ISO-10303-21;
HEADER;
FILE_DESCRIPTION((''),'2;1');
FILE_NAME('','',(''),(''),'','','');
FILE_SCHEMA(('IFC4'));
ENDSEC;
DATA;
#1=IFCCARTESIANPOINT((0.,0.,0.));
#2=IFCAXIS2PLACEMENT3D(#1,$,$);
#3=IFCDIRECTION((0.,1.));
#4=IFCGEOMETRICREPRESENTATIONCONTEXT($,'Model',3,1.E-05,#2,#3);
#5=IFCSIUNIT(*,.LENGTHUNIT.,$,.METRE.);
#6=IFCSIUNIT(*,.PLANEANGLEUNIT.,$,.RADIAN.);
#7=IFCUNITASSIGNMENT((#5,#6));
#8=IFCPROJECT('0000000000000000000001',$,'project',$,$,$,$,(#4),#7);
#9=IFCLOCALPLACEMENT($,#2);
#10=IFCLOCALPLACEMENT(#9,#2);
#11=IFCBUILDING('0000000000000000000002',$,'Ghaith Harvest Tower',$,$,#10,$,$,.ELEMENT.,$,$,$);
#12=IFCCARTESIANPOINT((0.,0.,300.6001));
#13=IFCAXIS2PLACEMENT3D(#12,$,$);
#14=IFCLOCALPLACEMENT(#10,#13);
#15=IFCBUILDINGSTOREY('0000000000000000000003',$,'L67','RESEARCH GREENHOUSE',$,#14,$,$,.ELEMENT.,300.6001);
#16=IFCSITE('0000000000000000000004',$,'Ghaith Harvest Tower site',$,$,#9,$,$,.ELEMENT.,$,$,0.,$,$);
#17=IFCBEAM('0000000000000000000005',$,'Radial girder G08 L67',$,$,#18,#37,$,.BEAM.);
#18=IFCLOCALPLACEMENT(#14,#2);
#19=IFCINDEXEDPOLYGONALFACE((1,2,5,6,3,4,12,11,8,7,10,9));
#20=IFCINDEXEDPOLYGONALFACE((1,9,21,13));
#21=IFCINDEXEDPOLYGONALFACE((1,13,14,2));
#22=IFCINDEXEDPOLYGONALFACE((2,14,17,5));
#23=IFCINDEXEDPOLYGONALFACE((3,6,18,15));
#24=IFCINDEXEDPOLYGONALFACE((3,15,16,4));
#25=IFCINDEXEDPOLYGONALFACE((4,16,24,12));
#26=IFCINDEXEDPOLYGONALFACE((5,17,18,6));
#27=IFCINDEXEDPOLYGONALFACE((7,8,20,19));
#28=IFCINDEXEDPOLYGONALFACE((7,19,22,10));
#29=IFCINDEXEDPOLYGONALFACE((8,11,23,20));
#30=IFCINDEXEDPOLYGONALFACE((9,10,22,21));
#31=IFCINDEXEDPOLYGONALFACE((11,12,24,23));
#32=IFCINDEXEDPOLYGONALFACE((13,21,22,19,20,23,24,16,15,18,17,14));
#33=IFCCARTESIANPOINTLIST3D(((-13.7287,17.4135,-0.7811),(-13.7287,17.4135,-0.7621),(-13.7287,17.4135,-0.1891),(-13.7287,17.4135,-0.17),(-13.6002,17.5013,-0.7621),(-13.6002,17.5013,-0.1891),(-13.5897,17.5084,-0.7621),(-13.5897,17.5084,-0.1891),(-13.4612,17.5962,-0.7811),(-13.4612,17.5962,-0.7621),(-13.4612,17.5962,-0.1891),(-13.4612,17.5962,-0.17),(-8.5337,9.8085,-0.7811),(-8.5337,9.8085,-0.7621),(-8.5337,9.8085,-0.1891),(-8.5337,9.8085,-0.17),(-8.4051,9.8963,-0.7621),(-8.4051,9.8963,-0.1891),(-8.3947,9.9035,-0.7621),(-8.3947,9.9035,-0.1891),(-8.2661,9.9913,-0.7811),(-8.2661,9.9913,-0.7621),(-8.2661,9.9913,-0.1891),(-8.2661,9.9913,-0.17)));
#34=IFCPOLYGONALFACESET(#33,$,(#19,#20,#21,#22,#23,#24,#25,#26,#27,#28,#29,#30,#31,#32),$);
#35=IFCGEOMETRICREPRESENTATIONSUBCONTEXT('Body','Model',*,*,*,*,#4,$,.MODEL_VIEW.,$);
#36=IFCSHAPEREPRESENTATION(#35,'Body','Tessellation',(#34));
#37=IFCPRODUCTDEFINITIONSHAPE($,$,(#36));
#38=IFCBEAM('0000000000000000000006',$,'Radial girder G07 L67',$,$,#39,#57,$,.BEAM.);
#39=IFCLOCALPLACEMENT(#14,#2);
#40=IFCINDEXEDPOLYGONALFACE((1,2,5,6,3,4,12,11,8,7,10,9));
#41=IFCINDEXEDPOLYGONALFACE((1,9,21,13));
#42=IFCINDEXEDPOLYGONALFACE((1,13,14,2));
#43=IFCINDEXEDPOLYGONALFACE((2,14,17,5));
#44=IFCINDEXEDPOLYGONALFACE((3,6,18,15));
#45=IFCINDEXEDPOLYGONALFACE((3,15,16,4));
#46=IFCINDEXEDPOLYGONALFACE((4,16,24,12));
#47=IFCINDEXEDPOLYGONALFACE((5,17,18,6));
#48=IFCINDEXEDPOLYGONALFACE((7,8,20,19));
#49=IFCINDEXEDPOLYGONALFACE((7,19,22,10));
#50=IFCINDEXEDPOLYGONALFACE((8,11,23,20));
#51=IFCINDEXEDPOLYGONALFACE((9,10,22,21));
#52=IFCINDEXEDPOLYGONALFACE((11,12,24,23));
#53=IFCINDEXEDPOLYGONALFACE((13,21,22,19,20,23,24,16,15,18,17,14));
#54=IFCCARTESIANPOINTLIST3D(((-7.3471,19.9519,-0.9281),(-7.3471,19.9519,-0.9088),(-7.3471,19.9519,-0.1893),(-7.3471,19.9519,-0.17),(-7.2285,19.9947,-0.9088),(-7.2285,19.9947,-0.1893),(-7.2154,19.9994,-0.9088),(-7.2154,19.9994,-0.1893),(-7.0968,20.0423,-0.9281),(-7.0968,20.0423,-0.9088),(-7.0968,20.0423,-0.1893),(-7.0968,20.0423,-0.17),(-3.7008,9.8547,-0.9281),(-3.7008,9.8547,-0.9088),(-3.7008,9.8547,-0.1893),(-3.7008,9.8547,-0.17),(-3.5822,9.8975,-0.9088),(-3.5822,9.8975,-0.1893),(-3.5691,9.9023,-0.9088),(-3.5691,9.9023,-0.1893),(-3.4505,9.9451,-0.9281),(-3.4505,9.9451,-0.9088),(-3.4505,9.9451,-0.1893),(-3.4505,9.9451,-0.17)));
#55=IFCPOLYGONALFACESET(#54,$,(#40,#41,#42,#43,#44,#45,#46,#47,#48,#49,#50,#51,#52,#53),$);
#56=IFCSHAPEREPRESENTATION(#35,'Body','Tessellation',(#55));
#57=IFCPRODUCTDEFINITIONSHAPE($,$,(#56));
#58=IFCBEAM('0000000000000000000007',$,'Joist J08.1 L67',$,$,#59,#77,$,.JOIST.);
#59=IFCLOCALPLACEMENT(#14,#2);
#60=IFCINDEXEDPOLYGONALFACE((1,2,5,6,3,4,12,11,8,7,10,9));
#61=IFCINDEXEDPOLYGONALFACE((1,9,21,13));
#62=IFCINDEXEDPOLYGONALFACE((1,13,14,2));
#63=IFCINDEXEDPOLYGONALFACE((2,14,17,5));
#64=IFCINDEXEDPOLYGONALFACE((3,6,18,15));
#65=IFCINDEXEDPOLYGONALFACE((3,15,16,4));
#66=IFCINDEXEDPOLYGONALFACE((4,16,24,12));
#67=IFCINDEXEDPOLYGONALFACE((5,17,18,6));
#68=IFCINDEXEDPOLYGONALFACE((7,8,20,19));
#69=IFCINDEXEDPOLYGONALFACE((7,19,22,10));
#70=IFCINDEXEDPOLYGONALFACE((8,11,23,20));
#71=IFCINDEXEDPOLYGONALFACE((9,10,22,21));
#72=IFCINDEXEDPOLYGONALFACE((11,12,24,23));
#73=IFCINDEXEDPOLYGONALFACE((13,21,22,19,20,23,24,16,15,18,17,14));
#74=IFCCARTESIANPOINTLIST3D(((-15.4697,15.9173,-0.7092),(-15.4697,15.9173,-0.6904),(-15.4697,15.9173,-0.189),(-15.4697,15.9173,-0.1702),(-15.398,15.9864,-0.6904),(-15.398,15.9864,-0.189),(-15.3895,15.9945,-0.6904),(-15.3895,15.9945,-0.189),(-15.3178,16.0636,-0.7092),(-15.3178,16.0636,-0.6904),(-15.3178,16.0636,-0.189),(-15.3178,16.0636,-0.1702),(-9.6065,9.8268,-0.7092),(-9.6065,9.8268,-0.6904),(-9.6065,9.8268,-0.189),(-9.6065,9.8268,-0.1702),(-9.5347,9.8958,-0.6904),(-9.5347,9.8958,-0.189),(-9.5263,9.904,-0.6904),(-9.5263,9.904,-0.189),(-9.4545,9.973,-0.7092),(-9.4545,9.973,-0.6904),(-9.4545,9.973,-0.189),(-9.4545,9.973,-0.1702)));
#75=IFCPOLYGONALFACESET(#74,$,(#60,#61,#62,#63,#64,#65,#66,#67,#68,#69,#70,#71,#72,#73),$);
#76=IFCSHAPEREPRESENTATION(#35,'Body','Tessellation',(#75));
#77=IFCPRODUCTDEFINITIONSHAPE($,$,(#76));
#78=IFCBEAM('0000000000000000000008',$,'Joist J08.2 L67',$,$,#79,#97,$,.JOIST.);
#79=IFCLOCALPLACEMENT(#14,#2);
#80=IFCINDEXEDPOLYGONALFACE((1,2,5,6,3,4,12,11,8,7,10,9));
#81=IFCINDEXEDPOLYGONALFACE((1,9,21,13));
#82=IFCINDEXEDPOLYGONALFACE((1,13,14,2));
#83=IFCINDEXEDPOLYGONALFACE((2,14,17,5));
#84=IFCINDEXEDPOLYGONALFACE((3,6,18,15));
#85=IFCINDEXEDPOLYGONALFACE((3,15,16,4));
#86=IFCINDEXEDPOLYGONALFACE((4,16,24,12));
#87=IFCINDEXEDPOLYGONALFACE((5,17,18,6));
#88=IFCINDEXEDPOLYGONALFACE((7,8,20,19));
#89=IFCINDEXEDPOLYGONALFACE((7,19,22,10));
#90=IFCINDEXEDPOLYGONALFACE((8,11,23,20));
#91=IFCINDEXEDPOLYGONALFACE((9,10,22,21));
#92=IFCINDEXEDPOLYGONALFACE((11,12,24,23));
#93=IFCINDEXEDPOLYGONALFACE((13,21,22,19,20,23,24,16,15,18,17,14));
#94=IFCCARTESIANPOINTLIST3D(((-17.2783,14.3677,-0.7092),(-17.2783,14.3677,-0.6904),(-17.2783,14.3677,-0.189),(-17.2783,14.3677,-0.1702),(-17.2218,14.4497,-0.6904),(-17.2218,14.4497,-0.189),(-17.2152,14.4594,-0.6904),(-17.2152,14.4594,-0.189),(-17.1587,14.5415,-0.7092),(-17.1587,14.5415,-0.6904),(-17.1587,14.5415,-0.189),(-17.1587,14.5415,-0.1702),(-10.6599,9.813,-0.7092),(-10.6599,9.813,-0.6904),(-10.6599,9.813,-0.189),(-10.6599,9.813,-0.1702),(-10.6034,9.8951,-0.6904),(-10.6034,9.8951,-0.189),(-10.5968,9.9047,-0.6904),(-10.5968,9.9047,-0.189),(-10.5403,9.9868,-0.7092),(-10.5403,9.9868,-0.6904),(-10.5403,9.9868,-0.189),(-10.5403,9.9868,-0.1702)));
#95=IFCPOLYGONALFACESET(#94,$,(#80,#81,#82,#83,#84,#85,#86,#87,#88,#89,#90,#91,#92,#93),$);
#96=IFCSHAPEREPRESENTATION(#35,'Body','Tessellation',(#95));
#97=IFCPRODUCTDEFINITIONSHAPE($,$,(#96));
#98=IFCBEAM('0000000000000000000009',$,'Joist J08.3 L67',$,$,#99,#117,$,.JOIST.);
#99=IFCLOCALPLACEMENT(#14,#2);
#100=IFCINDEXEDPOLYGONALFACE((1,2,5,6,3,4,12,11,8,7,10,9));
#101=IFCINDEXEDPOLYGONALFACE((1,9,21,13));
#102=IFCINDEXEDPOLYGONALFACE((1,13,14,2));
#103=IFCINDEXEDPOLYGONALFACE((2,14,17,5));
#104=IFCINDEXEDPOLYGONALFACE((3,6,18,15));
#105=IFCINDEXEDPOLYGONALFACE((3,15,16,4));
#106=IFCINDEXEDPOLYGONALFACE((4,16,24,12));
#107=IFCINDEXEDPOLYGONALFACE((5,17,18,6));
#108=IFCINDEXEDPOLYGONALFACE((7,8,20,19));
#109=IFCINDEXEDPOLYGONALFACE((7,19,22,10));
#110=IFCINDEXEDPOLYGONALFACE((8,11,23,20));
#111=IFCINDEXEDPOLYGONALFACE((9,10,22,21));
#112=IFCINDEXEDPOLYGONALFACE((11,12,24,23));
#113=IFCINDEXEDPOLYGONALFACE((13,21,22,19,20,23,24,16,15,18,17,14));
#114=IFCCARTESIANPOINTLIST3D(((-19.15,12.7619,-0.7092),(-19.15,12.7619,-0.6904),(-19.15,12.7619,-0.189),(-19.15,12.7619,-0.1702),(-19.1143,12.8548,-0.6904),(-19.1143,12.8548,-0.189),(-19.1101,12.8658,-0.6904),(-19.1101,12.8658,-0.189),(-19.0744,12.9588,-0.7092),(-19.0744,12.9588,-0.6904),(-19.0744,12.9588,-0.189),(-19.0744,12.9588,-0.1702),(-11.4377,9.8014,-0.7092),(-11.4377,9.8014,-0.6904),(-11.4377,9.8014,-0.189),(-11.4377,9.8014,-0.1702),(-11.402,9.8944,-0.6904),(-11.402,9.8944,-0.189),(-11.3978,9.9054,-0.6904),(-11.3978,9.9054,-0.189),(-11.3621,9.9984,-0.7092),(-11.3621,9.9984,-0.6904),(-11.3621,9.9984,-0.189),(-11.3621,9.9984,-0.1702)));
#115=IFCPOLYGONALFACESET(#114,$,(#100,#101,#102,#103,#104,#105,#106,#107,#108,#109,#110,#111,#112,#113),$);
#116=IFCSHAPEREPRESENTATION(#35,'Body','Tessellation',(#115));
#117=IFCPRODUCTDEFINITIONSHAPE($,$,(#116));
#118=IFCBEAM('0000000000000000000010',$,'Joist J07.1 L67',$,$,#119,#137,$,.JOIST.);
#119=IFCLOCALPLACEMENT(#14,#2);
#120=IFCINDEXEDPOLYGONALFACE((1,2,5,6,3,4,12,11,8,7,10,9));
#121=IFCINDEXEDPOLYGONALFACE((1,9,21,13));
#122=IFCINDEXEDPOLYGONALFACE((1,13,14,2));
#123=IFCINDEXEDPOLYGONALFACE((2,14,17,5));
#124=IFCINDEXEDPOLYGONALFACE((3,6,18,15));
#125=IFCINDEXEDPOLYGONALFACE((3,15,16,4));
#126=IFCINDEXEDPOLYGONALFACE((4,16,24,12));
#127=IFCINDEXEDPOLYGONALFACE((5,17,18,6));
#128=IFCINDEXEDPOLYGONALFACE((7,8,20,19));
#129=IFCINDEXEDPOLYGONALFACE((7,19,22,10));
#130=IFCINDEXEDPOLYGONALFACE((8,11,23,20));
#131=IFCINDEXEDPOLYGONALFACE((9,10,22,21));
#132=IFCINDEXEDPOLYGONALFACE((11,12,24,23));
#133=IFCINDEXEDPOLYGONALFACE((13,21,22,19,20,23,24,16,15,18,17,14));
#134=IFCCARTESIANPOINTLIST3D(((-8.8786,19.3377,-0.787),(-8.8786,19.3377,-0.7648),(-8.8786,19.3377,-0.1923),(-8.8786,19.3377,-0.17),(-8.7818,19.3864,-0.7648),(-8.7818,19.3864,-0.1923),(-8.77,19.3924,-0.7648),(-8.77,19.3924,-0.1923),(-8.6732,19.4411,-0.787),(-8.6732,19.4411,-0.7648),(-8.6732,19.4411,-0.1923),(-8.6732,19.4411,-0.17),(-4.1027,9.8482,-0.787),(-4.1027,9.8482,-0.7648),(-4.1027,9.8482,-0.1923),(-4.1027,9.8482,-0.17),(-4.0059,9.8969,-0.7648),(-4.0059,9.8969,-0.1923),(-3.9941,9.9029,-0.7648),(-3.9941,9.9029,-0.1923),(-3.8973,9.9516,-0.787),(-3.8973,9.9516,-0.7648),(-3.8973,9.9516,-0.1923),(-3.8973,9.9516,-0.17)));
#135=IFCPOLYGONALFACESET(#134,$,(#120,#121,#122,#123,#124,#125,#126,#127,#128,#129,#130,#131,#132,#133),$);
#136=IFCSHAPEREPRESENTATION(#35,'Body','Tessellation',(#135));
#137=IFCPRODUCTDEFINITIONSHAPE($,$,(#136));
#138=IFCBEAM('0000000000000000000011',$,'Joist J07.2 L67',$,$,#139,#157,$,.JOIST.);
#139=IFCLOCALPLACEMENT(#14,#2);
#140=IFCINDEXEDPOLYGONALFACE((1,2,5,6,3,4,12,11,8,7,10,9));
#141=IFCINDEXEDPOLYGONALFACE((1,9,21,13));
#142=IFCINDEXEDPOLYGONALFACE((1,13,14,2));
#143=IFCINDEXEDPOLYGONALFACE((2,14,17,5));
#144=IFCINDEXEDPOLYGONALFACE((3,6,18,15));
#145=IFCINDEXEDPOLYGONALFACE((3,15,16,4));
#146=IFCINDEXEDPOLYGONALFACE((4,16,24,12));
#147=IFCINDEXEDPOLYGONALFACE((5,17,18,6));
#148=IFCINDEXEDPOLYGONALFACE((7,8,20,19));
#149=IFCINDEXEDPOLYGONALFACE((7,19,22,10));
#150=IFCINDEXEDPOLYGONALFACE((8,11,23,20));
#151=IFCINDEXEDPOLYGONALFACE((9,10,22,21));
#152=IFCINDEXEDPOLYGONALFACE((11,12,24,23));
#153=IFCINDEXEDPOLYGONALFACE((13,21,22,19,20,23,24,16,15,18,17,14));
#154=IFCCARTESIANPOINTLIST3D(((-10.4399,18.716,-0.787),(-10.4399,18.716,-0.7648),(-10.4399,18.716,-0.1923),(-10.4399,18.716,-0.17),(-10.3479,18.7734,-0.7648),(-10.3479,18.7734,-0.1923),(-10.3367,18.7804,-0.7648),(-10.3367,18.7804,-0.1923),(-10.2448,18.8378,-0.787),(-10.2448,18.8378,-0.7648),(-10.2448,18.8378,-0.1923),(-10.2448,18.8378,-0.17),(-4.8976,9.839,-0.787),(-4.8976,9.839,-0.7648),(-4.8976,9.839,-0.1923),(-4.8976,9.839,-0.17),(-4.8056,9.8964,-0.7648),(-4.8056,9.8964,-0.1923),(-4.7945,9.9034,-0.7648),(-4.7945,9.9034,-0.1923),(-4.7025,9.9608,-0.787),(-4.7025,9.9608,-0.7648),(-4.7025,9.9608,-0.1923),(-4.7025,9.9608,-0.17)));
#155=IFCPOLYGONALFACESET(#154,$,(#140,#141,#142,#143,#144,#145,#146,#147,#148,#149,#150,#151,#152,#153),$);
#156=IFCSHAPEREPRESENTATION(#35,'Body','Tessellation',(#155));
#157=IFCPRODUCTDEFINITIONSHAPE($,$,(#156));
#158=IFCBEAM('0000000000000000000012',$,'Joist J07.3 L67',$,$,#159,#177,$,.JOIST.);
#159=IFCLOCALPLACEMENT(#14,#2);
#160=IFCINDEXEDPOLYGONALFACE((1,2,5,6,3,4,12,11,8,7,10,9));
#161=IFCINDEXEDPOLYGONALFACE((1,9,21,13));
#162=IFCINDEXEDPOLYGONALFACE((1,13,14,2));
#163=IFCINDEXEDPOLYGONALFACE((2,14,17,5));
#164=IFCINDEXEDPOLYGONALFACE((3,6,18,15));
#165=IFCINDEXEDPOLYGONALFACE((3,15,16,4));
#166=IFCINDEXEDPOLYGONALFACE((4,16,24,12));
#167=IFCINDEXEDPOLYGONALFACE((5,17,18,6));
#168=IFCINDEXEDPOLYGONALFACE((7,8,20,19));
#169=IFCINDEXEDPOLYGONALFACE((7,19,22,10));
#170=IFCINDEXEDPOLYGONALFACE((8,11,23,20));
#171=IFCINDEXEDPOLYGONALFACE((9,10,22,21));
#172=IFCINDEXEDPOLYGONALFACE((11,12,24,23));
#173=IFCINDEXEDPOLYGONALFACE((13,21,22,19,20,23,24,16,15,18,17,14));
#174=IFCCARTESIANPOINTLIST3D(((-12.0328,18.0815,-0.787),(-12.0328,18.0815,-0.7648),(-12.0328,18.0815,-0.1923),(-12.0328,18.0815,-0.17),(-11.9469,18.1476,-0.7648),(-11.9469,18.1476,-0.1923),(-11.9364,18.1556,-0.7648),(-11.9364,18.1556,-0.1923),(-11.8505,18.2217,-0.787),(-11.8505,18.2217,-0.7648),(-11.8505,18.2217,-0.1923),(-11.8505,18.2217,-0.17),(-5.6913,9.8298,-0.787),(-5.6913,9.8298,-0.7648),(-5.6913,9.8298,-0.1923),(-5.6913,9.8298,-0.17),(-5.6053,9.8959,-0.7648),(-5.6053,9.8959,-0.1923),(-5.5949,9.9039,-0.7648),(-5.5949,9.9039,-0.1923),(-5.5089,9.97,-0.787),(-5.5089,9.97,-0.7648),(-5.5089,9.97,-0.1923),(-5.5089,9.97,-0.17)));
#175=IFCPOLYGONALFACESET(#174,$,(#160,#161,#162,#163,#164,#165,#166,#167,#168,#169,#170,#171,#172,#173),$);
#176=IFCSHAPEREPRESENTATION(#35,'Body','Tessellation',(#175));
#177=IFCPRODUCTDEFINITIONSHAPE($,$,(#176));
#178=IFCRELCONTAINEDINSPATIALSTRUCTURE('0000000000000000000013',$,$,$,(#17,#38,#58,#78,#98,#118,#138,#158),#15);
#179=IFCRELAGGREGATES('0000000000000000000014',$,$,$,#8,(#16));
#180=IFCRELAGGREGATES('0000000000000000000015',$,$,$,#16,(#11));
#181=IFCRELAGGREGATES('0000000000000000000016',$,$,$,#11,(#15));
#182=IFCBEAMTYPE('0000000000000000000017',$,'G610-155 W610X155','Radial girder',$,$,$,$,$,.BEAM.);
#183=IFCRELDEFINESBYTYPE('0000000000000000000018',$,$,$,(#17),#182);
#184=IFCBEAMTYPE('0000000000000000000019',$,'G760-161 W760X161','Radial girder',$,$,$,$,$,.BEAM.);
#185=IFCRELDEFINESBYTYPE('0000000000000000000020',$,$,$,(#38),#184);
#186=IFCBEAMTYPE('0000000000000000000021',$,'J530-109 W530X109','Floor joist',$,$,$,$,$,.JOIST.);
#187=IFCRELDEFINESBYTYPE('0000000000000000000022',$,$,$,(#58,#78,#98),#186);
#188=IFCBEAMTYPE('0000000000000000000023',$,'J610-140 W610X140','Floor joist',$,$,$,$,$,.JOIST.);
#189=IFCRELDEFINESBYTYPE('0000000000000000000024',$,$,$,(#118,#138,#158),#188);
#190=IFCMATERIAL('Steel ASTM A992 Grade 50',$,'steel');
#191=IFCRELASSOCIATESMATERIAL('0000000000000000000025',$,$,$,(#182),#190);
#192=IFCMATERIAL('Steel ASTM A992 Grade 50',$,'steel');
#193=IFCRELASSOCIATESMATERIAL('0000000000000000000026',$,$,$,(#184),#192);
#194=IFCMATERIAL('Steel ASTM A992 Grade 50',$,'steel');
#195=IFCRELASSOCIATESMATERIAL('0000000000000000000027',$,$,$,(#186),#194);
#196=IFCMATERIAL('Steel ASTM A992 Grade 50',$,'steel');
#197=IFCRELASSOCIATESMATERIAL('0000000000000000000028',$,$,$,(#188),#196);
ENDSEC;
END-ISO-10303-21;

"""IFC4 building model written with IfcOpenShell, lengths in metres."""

from ifc_helpers import new_model, si_unit, direction, frame, origin, origin_2d, place, context, subcontext, project, spatial, i_section, extrude, material, material_profile, profile_set, type_object, element, save


model = new_model("IFC4")

# Units and contexts
model_context = context("Model", 3, precision=1e-05, world=origin(), true_north=direction((0.0, 1.0)))
body_context = subcontext(model_context, "Body", "Model", "MODEL_VIEW")
ifc_project = project(units=[si_unit("LENGTHUNIT", "METRE"), si_unit("PLANEANGLEUNIT", "RADIAN")], contexts=[model_context])

# Site, building, storey
site_placement = place(None, origin())
site = spatial("IfcSite", under=ifc_project, at=site_placement, Name="Ghaith Harvest Tower site", CompositionType="ELEMENT", RefElevation=0.0)
building_placement = place(site_placement, origin())
building = spatial("IfcBuilding", under=site, at=building_placement, Name="Ghaith Harvest Tower", CompositionType="ELEMENT")
storey_placement = place(building_placement, frame((0.0, 0.0, 300.6001)))
storey = spatial("IfcBuildingStorey", under=building, at=storey_placement, Name="L67", Description="RESEARCH GREENHOUSE", CompositionType="ELEMENT", Elevation=300.6001)

# Beams
ifc_material_1 = material(Name="Steel ASTM A992 Grade 50", Category="steel")
ifc_material_profile_1 = material_profile(ifc_material_1, i_section(OverallWidth=0.324, OverallDepth=0.6111, WebThickness=0.0127, FlangeThickness=0.019, at=origin_2d()), Name="W610X155")
ifc_profile_set_1 = profile_set([ifc_material_profile_1], Name="Steel ASTM A992 Grade 50")
beam_type_1 = type_object("IfcBeamType", Name="G610-155 W610X155", Description="Radial girder", PredefinedType="BEAM", material=ifc_profile_set_1)
beam_1_placement = place(storey_placement, frame((-8.3999, 9.8999, -0.4756), z_axis=(-0.564067, 0.825729, 0.0), x_axis=(-0.825729, -0.564067, 0.0)))
element("IfcBeam", 1, at=beam_1_placement, inside=storey, type_object=beam_type_1, Name="Radial girder G08 L67", PredefinedType="BEAM", context=body_context, shape_type="SweptSolid", body=[
    extrude(i_section(OverallWidth=0.324, OverallDepth=0.6111, WebThickness=0.0127, FlangeThickness=0.019, at=origin_2d()), origin(), (0.0, 0.0, 1.0), 9.21),
])
ifc_material_2 = material(Name="Steel ASTM A992 Grade 50", Category="steel")
ifc_material_profile_2 = material_profile(ifc_material_2, i_section(OverallWidth=0.2661, OverallDepth=0.7581, WebThickness=0.0139, FlangeThickness=0.0193, at=origin_2d()), Name="W760X161")
ifc_profile_set_2 = profile_set([ifc_material_profile_2], Name="Steel ASTM A992 Grade 50")
beam_type_2 = type_object("IfcBeamType", Name="G760-161 W760X161", Description="Radial girder", PredefinedType="BEAM", material=ifc_profile_set_2)
beam_2_placement = place(storey_placement, frame((-3.5757, 9.8999, -0.5491), z_axis=(-0.339648, 0.940553, 0.0), x_axis=(-0.940553, -0.339648, 0.0)))
element("IfcBeam", 2, at=beam_2_placement, inside=storey, type_object=beam_type_2, Name="Radial girder G07 L67", PredefinedType="BEAM", context=body_context, shape_type="SweptSolid", body=[
    extrude(i_section(OverallWidth=0.2661, OverallDepth=0.7581, WebThickness=0.0139, FlangeThickness=0.0193, at=origin_2d()), origin(), (0.0, 0.0, 1.0), 10.7354),
])
ifc_material_3 = material(Name="Steel ASTM A992 Grade 50", Category="steel")
ifc_material_profile_3 = material_profile(ifc_material_3, i_section(OverallWidth=0.2109, OverallDepth=0.5391, WebThickness=0.0117, FlangeThickness=0.0188, at=origin_2d()), Name="W530X109")
ifc_profile_set_3 = profile_set([ifc_material_profile_3], Name="Steel ASTM A992 Grade 50")
beam_type_3 = type_object("IfcBeamType", Name="J530-109 W530X109", Description="Floor joist", PredefinedType="JOIST", material=ifc_profile_set_3)
beam_3_placement = place(storey_placement, frame((-9.5305, 9.8999, -0.4397), z_axis=(-0.693536, 0.720422, 0.0), x_axis=(-0.720422, -0.693536, 0.0)))
element("IfcBeam", 3, at=beam_3_placement, inside=storey, type_object=beam_type_3, Name="Joist J08.1 L67", PredefinedType="JOIST", context=body_context, shape_type="SweptSolid", body=[
    extrude(i_section(OverallWidth=0.2109, OverallDepth=0.5391, WebThickness=0.0117, FlangeThickness=0.0188, at=origin_2d()), origin(), (0.0, 0.0, 1.0), 8.4541),
])
beam_4_placement = place(storey_placement, frame((-10.6001, 9.8999, -0.4397), z_axis=(-0.823779, 0.566912, 0.0), x_axis=(-0.566912, -0.823779, 0.0)))
element("IfcBeam", 4, at=beam_4_placement, inside=storey, type_object=beam_type_3, Name="Joist J08.2 L67", PredefinedType="JOIST", context=body_context, shape_type="SweptSolid", body=[
    extrude(i_section(OverallWidth=0.2109, OverallDepth=0.5391, WebThickness=0.0117, FlangeThickness=0.0188, at=origin_2d()), origin(), (0.0, 0.0, 1.0), 8.0342),
])
beam_5_placement = place(storey_placement, frame((-11.3999, 9.8999, -0.4397), z_axis=(-0.933583, 0.358361, 0.0), x_axis=(-0.358361, -0.933583, 0.0)))
element("IfcBeam", 5, at=beam_5_placement, inside=storey, type_object=beam_type_3, Name="Joist J08.3 L67", PredefinedType="JOIST", context=body_context, shape_type="SweptSolid", body=[
    extrude(i_section(OverallWidth=0.2109, OverallDepth=0.5391, WebThickness=0.0117, FlangeThickness=0.0188, at=origin_2d()), origin(), (0.0, 0.0, 1.0), 8.261),
])
ifc_material_4 = material(Name="Steel ASTM A992 Grade 50", Category="steel")
ifc_material_profile_4 = material_profile(ifc_material_4, i_section(OverallWidth=0.23, OverallDepth=0.6169, WebThickness=0.0132, FlangeThickness=0.0222, at=origin_2d()), Name="W610X140")
ifc_profile_set_4 = profile_set([ifc_material_profile_4], Name="Steel ASTM A992 Grade 50")
beam_type_4 = type_object("IfcBeamType", Name="J610-140 W610X140", Description="Floor joist", PredefinedType="JOIST", material=ifc_profile_set_4)
beam_6_placement = place(storey_placement, frame((-4.0, 9.8999, -0.4785), z_axis=(-0.449556, 0.893252, 0.0), x_axis=(-0.893252, -0.449556, 0.0)))
element("IfcBeam", 6, at=beam_6_placement, inside=storey, type_object=beam_type_4, Name="Joist J07.1 L67", PredefinedType="JOIST", context=body_context, shape_type="SweptSolid", body=[
    extrude(i_section(OverallWidth=0.23, OverallDepth=0.6169, WebThickness=0.0132, FlangeThickness=0.0222, at=origin_2d()), origin(), (0.0, 0.0, 1.0), 10.6235),
])
beam_7_placement = place(storey_placement, frame((-4.8, 9.8999, -0.4785), z_axis=(-0.529596, 0.84825, 0.0), x_axis=(-0.84825, -0.529596, 0.0)))
element("IfcBeam", 7, at=beam_7_placement, inside=storey, type_object=beam_type_4, Name="Joist J07.2 L67", PredefinedType="JOIST", context=body_context, shape_type="SweptSolid", body=[
    extrude(i_section(OverallWidth=0.23, OverallDepth=0.6169, WebThickness=0.0132, FlangeThickness=0.0222, at=origin_2d()), origin(), (0.0, 0.0, 1.0), 10.4651),
])
beam_8_placement = place(storey_placement, frame((-5.6001, 9.8999, -0.4785), z_axis=(-0.609354, 0.792899, 0.0), x_axis=(-0.792899, -0.609354, 0.0)))
element("IfcBeam", 8, at=beam_8_placement, inside=storey, type_object=beam_type_4, Name="Joist J07.3 L67", PredefinedType="JOIST", context=body_context, shape_type="SweptSolid", body=[
    extrude(i_section(OverallWidth=0.23, OverallDepth=0.6169, WebThickness=0.0132, FlangeThickness=0.0222, at=origin_2d()), origin(), (0.0, 0.0, 1.0), 10.407),
])

save(model, "model.ifc")
